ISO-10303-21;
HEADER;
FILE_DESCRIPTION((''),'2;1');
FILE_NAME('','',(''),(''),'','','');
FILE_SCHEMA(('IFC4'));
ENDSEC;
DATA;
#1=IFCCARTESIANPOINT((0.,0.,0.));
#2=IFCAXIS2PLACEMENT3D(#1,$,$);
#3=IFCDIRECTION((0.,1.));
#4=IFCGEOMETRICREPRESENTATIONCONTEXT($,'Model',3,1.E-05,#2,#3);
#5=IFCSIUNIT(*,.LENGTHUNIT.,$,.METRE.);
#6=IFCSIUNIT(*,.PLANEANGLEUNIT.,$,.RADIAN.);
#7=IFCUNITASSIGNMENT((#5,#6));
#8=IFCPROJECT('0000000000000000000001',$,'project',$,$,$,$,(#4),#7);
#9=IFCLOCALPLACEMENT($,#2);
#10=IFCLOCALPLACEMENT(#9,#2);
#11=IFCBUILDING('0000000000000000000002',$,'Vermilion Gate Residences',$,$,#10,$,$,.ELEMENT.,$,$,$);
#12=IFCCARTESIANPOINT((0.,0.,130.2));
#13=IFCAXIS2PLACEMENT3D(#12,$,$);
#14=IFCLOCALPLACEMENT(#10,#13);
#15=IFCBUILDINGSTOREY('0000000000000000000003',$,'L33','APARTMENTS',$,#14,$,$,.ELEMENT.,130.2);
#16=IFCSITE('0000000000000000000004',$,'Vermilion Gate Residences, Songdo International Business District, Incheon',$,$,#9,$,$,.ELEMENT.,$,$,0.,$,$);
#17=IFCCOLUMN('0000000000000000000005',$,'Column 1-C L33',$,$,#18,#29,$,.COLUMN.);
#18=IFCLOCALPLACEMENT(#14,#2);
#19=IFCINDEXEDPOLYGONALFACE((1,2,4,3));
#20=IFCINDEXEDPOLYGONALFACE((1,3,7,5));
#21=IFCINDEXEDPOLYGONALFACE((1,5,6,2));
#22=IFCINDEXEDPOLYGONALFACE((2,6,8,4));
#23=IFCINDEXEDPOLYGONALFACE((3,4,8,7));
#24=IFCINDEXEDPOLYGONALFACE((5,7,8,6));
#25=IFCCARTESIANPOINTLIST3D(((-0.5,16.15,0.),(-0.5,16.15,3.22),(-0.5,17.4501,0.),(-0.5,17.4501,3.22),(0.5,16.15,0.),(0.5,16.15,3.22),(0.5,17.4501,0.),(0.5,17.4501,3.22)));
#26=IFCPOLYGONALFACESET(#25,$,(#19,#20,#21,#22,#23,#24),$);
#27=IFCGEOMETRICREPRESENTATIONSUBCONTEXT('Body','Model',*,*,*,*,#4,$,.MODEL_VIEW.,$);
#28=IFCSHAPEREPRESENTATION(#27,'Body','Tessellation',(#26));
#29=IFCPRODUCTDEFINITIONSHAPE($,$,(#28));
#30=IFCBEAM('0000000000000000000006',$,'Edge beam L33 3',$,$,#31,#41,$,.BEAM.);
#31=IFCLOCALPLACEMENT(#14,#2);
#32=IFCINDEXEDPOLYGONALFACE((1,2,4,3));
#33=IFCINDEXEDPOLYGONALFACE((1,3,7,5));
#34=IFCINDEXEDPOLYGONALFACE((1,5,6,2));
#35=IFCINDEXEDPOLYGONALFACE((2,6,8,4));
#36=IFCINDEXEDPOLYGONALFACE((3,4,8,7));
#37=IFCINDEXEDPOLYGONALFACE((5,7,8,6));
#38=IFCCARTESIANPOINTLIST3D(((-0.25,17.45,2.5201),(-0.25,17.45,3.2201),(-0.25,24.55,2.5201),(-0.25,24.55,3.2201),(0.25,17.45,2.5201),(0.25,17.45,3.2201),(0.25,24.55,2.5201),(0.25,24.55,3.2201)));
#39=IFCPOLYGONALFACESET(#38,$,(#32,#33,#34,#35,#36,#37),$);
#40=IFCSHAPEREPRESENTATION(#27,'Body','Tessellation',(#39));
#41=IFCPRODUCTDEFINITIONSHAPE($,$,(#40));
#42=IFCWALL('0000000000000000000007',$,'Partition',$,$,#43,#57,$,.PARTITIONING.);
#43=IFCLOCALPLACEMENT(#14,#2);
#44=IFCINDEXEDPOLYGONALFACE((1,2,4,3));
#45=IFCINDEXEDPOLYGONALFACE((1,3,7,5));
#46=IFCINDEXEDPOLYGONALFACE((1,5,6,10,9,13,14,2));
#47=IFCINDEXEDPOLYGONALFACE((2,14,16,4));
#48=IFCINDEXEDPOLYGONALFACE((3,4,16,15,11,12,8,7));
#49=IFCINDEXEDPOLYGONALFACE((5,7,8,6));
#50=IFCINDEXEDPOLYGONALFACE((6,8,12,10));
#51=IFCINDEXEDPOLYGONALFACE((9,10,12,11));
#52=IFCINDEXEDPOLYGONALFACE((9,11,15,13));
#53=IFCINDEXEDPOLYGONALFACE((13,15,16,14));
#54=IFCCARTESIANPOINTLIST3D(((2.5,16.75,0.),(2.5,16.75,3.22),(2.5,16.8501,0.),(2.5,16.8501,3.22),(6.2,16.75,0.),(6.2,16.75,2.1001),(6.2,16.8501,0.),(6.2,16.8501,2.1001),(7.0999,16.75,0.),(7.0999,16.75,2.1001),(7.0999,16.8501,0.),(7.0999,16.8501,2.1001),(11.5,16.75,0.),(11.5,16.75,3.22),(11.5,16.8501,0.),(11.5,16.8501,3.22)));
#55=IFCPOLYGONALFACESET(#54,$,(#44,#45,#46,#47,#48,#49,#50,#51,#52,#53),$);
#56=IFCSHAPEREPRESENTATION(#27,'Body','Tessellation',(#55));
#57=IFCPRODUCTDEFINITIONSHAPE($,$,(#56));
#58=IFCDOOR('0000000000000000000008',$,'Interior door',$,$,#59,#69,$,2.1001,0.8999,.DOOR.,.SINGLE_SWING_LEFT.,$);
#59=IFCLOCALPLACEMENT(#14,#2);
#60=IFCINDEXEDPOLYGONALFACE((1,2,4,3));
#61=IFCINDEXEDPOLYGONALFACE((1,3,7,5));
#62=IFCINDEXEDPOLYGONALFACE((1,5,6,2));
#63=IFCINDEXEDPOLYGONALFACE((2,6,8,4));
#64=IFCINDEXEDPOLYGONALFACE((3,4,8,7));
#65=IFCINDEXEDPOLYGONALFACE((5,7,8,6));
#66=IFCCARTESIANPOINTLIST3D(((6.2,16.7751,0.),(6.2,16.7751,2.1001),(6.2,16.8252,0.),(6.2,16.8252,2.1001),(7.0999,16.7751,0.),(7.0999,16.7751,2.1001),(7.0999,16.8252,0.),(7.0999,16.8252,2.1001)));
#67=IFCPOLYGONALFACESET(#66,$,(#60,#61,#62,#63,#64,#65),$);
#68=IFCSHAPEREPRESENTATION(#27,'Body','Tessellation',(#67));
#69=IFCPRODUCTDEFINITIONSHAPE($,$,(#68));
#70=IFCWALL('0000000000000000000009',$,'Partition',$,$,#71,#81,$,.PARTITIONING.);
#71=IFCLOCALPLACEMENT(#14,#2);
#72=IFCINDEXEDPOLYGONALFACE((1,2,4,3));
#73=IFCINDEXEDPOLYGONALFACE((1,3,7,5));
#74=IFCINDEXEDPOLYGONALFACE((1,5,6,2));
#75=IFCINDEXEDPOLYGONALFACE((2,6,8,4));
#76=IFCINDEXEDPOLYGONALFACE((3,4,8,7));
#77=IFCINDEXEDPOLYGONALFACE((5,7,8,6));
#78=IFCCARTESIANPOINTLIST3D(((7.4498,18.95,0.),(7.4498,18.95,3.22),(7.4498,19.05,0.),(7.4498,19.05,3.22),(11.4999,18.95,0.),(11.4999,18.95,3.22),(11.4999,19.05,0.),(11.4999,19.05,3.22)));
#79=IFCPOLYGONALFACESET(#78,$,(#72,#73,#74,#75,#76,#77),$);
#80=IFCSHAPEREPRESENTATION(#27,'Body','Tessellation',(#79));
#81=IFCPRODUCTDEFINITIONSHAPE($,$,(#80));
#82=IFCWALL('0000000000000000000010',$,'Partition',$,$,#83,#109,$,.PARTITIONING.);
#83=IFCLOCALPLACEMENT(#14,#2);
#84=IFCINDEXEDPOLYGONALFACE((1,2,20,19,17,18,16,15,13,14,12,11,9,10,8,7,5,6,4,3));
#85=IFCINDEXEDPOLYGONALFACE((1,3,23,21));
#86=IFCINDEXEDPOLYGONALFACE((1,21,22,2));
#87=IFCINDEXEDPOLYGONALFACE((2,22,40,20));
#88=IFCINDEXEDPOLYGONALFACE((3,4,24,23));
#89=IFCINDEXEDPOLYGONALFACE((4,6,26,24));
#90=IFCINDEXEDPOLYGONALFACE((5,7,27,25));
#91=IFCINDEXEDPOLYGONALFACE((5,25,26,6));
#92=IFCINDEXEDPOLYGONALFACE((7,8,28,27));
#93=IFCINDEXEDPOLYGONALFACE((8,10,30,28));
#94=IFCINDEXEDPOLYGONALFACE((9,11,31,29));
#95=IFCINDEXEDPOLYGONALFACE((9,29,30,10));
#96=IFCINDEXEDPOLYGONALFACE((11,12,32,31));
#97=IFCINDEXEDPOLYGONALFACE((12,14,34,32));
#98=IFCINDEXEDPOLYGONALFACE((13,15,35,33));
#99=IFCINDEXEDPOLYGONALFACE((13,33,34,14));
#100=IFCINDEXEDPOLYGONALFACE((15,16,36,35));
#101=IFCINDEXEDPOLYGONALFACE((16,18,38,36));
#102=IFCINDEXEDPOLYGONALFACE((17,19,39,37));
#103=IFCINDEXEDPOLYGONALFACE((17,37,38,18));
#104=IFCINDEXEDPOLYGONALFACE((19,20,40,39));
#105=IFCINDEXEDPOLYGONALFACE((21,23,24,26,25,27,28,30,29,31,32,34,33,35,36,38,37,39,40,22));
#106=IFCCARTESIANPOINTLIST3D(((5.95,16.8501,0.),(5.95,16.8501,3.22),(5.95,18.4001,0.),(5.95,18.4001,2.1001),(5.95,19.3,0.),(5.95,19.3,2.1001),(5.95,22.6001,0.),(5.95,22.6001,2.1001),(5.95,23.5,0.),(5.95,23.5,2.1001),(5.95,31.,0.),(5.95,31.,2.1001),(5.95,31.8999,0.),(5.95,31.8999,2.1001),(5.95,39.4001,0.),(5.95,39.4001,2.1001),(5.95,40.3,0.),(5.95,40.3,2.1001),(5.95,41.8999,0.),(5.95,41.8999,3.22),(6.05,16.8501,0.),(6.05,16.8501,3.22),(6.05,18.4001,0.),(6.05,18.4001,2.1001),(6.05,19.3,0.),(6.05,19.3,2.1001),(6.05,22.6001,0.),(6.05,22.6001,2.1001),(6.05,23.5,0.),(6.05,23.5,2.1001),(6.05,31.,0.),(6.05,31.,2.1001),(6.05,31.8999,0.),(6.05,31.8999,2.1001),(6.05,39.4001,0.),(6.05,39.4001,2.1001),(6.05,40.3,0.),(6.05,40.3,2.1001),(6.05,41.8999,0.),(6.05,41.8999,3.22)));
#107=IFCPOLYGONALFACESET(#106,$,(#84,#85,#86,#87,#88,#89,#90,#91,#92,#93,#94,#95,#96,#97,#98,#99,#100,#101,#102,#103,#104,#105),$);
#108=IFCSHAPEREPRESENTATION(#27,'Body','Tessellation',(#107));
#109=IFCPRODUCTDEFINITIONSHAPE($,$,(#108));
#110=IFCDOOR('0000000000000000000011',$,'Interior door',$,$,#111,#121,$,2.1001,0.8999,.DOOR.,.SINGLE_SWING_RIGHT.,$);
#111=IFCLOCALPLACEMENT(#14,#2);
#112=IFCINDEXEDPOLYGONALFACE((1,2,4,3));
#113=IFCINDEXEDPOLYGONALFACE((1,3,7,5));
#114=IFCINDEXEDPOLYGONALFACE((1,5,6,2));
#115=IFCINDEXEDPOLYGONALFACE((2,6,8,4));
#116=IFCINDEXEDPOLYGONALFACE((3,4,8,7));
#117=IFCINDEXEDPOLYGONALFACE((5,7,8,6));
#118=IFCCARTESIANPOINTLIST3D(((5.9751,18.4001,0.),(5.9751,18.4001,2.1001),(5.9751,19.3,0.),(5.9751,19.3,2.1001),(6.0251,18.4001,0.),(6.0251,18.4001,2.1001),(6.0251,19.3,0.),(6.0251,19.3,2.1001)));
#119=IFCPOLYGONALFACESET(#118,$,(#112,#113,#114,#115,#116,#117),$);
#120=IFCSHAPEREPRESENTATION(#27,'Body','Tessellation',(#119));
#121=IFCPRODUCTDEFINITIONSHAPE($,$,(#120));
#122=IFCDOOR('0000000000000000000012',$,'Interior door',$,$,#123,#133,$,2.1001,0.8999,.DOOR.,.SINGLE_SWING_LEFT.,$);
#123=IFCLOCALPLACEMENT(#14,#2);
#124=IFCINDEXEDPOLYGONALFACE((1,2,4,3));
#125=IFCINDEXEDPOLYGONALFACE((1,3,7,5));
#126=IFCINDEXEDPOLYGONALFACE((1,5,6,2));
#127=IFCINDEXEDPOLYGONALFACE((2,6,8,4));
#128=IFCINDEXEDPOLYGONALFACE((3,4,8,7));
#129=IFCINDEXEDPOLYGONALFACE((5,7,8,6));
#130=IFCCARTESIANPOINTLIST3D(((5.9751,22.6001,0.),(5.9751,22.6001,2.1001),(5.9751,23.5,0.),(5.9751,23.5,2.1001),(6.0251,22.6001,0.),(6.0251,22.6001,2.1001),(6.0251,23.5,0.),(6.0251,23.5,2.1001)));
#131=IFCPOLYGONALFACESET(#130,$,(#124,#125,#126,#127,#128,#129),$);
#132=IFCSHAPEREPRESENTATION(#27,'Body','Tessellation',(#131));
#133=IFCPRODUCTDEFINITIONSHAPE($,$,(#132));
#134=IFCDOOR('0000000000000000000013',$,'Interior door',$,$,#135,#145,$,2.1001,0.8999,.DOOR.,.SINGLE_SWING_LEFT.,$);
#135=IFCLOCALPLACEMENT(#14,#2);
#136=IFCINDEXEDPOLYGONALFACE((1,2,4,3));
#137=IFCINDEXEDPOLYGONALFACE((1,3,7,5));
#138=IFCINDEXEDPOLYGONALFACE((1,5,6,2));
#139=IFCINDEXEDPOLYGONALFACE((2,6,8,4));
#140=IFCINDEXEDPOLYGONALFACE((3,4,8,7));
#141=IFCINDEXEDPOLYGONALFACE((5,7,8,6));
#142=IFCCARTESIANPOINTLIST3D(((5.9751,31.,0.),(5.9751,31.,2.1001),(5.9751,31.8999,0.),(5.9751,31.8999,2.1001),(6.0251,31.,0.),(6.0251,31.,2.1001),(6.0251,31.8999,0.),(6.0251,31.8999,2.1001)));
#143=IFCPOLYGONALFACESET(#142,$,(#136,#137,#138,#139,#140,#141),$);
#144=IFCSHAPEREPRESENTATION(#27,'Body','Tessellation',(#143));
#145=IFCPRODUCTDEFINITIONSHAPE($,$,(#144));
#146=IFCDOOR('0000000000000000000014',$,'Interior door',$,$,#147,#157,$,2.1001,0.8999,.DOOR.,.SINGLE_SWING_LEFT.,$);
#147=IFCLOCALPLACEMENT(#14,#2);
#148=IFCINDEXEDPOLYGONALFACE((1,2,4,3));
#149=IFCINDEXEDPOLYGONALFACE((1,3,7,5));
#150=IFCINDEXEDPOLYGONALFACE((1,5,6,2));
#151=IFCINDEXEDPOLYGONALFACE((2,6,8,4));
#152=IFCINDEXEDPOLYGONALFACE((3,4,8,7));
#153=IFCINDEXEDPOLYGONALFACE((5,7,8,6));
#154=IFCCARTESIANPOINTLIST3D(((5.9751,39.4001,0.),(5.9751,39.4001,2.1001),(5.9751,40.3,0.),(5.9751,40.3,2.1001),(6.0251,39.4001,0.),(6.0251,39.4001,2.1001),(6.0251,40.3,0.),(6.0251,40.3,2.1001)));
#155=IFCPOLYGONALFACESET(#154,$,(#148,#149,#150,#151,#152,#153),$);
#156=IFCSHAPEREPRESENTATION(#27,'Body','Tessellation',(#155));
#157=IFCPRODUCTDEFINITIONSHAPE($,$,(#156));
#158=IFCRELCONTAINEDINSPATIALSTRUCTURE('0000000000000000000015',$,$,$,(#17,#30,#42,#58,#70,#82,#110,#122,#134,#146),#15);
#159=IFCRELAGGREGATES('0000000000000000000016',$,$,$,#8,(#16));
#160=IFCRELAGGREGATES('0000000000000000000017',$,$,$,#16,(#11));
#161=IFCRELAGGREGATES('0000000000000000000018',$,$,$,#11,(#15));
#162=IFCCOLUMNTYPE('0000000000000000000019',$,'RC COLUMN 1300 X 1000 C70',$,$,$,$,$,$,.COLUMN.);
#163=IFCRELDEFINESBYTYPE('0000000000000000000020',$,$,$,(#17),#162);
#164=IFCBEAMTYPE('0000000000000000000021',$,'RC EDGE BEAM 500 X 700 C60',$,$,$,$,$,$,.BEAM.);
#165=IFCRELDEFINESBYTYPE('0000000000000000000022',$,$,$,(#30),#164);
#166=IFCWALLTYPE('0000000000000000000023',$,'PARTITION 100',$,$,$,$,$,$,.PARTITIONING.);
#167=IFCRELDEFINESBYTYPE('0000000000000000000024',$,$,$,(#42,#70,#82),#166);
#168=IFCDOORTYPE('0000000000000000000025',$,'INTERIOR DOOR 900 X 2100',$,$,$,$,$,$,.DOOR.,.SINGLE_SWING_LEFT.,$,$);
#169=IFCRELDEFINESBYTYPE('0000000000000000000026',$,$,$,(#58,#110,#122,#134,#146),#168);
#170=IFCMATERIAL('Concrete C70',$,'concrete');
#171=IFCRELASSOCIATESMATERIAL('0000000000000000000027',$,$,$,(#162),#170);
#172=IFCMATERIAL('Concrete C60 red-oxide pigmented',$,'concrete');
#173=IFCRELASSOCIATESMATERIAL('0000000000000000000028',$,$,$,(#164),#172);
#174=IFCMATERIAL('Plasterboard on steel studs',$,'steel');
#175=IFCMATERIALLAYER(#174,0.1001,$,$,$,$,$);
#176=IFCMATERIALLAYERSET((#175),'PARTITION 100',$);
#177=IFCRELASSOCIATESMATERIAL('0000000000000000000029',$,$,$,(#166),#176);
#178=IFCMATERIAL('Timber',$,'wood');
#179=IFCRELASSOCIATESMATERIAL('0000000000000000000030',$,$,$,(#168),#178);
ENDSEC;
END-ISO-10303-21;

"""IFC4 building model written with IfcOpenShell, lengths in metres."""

from ifc_helpers import new_model, si_unit, direction, frame, frame_2d, origin, origin_2d, place, context, subcontext, project, spatial, rectangle, extrude, material, layer, layer_set, material_profile, profile_set, type_object, element, fill, save


model = new_model("IFC4")

# Units and contexts
model_context = context("Model", 3, precision=1e-05, world=origin(), true_north=direction((0.0, 1.0)))
body_context = subcontext(model_context, "Body", "Model", "MODEL_VIEW")
ifc_project = project(units=[si_unit("LENGTHUNIT", "METRE"), si_unit("PLANEANGLEUNIT", "RADIAN")], contexts=[model_context])

# Site, building, storey
site_placement = place(None, origin())
site = spatial("IfcSite", under=ifc_project, at=site_placement, Name="Vermilion Gate Residences, Songdo International Business District, Incheon", CompositionType="ELEMENT", RefElevation=0.0)
building_placement = place(site_placement, origin())
building = spatial("IfcBuilding", under=site, at=building_placement, Name="Vermilion Gate Residences", CompositionType="ELEMENT")
storey_placement = place(building_placement, frame((0.0, 0.0, 130.2)))
storey = spatial("IfcBuildingStorey", under=building, at=storey_placement, Name="L33", Description="APARTMENTS", CompositionType="ELEMENT", Elevation=130.2)

# Column
ifc_material_1 = material(Name="Concrete C70", Category="concrete")
ifc_material_profile_1 = material_profile(ifc_material_1, rectangle(XDim=1.3, YDim=1.0, at=origin_2d()), Name="RC-1300x1000")
ifc_profile_set_1 = profile_set([ifc_material_profile_1], Name="Concrete C70")
column_type = type_object("IfcColumnType", Name="RC COLUMN 1300 X 1000 C70", PredefinedType="COLUMN", material=ifc_profile_set_1)
column_placement = place(storey_placement, frame((0.0, 16.8, 0.0), z_axis=(0.0, 0.0, 1.0), x_axis=(0.0, 1.0, 0.0)))
element("IfcColumn", 1, at=column_placement, inside=storey, type_object=column_type, Name="Column 1-C L33", PredefinedType="COLUMN", context=body_context, shape_type="SweptSolid", body=[
    extrude(rectangle(XDim=1.3, YDim=1.0, at=origin_2d()), origin(), (0.0, 0.0, 1.0), 3.22),
])

# Beam
ifc_material_2 = material(Name="Concrete C60 red-oxide pigmented", Category="concrete")
ifc_material_profile_2 = material_profile(ifc_material_2, rectangle(XDim=0.5, YDim=0.7, at=origin_2d()), Name="RC-500x700")
ifc_profile_set_2 = profile_set([ifc_material_profile_2], Name="Concrete C60 red-oxide pigmented")
beam_type = type_object("IfcBeamType", Name="RC EDGE BEAM 500 X 700 C60", PredefinedType="BEAM", material=ifc_profile_set_2)
beam_placement = place(storey_placement, frame((0.0, 17.45, 2.8701), z_axis=(0.0, 1.0, 0.0), x_axis=(-1.0, 0.0, 0.0)))
element("IfcBeam", 2, at=beam_placement, inside=storey, type_object=beam_type, Name="Edge beam L33 3", PredefinedType="BEAM", context=body_context, shape_type="SweptSolid", body=[
    extrude(rectangle(XDim=0.5, YDim=0.7, at=origin_2d()), origin(), (0.0, 0.0, 1.0), 7.1001),
])

# Wall, opening, door
ifc_material_3 = material(Name="Plasterboard on steel studs", Category="steel")
ifc_layer_1 = layer(ifc_material_3, 0.1001)
ifc_layer_set_1 = layer_set([ifc_layer_1], Name="PARTITION 100")
wall_type_1 = type_object("IfcWallType", Name="PARTITION 100", PredefinedType="PARTITIONING", material=ifc_layer_set_1)
wall_1_placement = place(storey_placement, frame((2.5, 16.8, 0.0), z_axis=(0.0, 0.0, 1.0), x_axis=(1.0, 0.0, 0.0)))
wall_1 = element("IfcWall", 3, at=wall_1_placement, inside=storey, type_object=wall_type_1, Name="Partition", PredefinedType="PARTITIONING", context=body_context, shape_type="SweptSolid", body=[
    extrude(rectangle(XDim=9.0, YDim=0.1001, at=frame_2d((4.5, 0.0))), origin(), (0.0, 0.0, 1.0), 3.22),
])
opening_1_placement = place(wall_1_placement, frame((3.7, 0.0, 0.0)))
opening_1 = element("IfcOpeningElement", 4, at=opening_1_placement, cuts=wall_1, PredefinedType="OPENING", context=body_context, shape_type="SweptSolid", body=[
    extrude(rectangle(XDim=0.8999, YDim=2.1001, at=frame_2d((0.45, 1.05))), frame((0.0, 0.0601, 0.0), z_axis=(0.0, -1.0, 0.0), x_axis=(1.0, 0.0, 0.0)), (0.0, 0.0, 1.0), 0.1201),
])
ifc_material_4 = material(Name="Timber", Category="wood")
door_type = type_object("IfcDoorType", Name="INTERIOR DOOR 900 X 2100", OperationType="SINGLE_SWING_LEFT", PredefinedType="DOOR", material=ifc_material_4)
door_1_placement = place(opening_1_placement, frame((0.8999, 0.0, 0.0), z_axis=(0.0, 0.0, 1.0), x_axis=(-1.0, 0.0, 0.0)))
door_1 = element("IfcDoor", 5, at=door_1_placement, inside=storey, type_object=door_type, Name="Interior door", OperationType="SINGLE_SWING_LEFT", OverallHeight=2.1001, OverallWidth=0.8999, PredefinedType="DOOR", context=body_context, shape_type="SweptSolid", body=[
    extrude(rectangle(XDim=0.8999, YDim=2.1001, at=frame_2d((0.45, 1.05))), frame((0.0, 0.0249, 0.0), z_axis=(0.0, -1.0, 0.0), x_axis=(1.0, 0.0, 0.0)), (0.0, 0.0, 1.0), 0.05),
])
fill(opening_1, door_1)

# Wall
wall_2_placement = place(storey_placement, frame((7.45, 19.0, 0.0), z_axis=(0.0, 0.0, 1.0), x_axis=(1.0, 0.0, 0.0)))
element("IfcWall", 6, at=wall_2_placement, inside=storey, type_object=wall_type_1, Name="Partition", PredefinedType="PARTITIONING", context=body_context, shape_type="SweptSolid", body=[
    extrude(rectangle(XDim=4.05, YDim=0.1001, at=frame_2d((2.0249, 0.0))), origin(), (0.0, 0.0, 1.0), 3.22),
])

# Wall, openings, doors
wall_3_placement = place(storey_placement, frame((6.0, 16.8501, 0.0), z_axis=(0.0, 0.0, 1.0), x_axis=(0.0, 1.0, 0.0)))
wall_3 = element("IfcWall", 7, at=wall_3_placement, inside=storey, type_object=wall_type_1, Name="Partition", PredefinedType="PARTITIONING", context=body_context, shape_type="SweptSolid", body=[
    extrude(rectangle(XDim=25.0498, YDim=0.1001, at=frame_2d((12.5249, 0.0))), origin(), (0.0, 0.0, 1.0), 3.22),
])
opening_2_placement = place(wall_3_placement, frame((1.55, 0.0, 0.0)))
opening_2 = element("IfcOpeningElement", 8, at=opening_2_placement, cuts=wall_3, PredefinedType="OPENING", context=body_context, shape_type="SweptSolid", body=[
    extrude(rectangle(XDim=0.8999, YDim=2.1001, at=frame_2d((0.45, 1.05))), frame((0.0, 0.0601, 0.0), z_axis=(0.0, -1.0, 0.0), x_axis=(1.0, 0.0, 0.0)), (0.0, 0.0, 1.0), 0.1201),
])
opening_3_placement = place(wall_3_placement, frame((5.75, 0.0, 0.0)))
opening_3 = element("IfcOpeningElement", 9, at=opening_3_placement, cuts=wall_3, PredefinedType="OPENING", context=body_context, shape_type="SweptSolid", body=[
    extrude(rectangle(XDim=0.8999, YDim=2.1001, at=frame_2d((0.45, 1.05))), frame((0.0, 0.0601, 0.0), z_axis=(0.0, -1.0, 0.0), x_axis=(1.0, 0.0, 0.0)), (0.0, 0.0, 1.0), 0.1201),
])
opening_4_placement = place(wall_3_placement, frame((14.1499, 0.0, 0.0)))
opening_4 = element("IfcOpeningElement", 10, at=opening_4_placement, cuts=wall_3, PredefinedType="OPENING", context=body_context, shape_type="SweptSolid", body=[
    extrude(rectangle(XDim=0.8999, YDim=2.1001, at=frame_2d((0.45, 1.05))), frame((0.0, 0.0601, 0.0), z_axis=(0.0, -1.0, 0.0), x_axis=(1.0, 0.0, 0.0)), (0.0, 0.0, 1.0), 0.1201),
])
opening_5_placement = place(wall_3_placement, frame((22.55, 0.0, 0.0)))
opening_5 = element("IfcOpeningElement", 11, at=opening_5_placement, cuts=wall_3, PredefinedType="OPENING", context=body_context, shape_type="SweptSolid", body=[
    extrude(rectangle(XDim=0.8999, YDim=2.1001, at=frame_2d((0.45, 1.05))), frame((0.0, 0.0601, 0.0), z_axis=(0.0, -1.0, 0.0), x_axis=(1.0, 0.0, 0.0)), (0.0, 0.0, 1.0), 0.1201),
])
door_2_placement = place(opening_2_placement, origin())
door_2 = element("IfcDoor", 12, at=door_2_placement, inside=storey, type_object=door_type, Name="Interior door", OperationType="SINGLE_SWING_RIGHT", OverallHeight=2.1001, OverallWidth=0.8999, PredefinedType="DOOR", context=body_context, shape_type="SweptSolid", body=[
    extrude(rectangle(XDim=0.8999, YDim=2.1001, at=frame_2d((0.45, 1.05))), frame((0.0, 0.0249, 0.0), z_axis=(0.0, -1.0, 0.0), x_axis=(1.0, 0.0, 0.0)), (0.0, 0.0, 1.0), 0.05),
])
fill(opening_2, door_2)
door_3_placement = place(opening_3_placement, origin())
door_3 = element("IfcDoor", 13, at=door_3_placement, inside=storey, type_object=door_type, Name="Interior door", OperationType="SINGLE_SWING_LEFT", OverallHeight=2.1001, OverallWidth=0.8999, PredefinedType="DOOR", context=body_context, shape_type="SweptSolid", body=[
    extrude(rectangle(XDim=0.8999, YDim=2.1001, at=frame_2d((0.45, 1.05))), frame((0.0, 0.0249, 0.0), z_axis=(0.0, -1.0, 0.0), x_axis=(1.0, 0.0, 0.0)), (0.0, 0.0, 1.0), 0.05),
])
fill(opening_3, door_3)
door_4_placement = place(opening_4_placement, origin())
door_4 = element("IfcDoor", 14, at=door_4_placement, inside=storey, type_object=door_type, Name="Interior door", OperationType="SINGLE_SWING_LEFT", OverallHeight=2.1001, OverallWidth=0.8999, PredefinedType="DOOR", context=body_context, shape_type="SweptSolid", body=[
    extrude(rectangle(XDim=0.8999, YDim=2.1001, at=frame_2d((0.45, 1.05))), frame((0.0, 0.0249, 0.0), z_axis=(0.0, -1.0, 0.0), x_axis=(1.0, 0.0, 0.0)), (0.0, 0.0, 1.0), 0.05),
])
fill(opening_4, door_4)
door_5_placement = place(opening_5_placement, origin())
door_5 = element("IfcDoor", 15, at=door_5_placement, inside=storey, type_object=door_type, Name="Interior door", OperationType="SINGLE_SWING_LEFT", OverallHeight=2.1001, OverallWidth=0.8999, PredefinedType="DOOR", context=body_context, shape_type="SweptSolid", body=[
    extrude(rectangle(XDim=0.8999, YDim=2.1001, at=frame_2d((0.45, 1.05))), frame((0.0, 0.0249, 0.0), z_axis=(0.0, -1.0, 0.0), x_axis=(1.0, 0.0, 0.0)), (0.0, 0.0, 1.0), 0.05),
])
fill(opening_5, door_5)

save(model, "model.ifc")
